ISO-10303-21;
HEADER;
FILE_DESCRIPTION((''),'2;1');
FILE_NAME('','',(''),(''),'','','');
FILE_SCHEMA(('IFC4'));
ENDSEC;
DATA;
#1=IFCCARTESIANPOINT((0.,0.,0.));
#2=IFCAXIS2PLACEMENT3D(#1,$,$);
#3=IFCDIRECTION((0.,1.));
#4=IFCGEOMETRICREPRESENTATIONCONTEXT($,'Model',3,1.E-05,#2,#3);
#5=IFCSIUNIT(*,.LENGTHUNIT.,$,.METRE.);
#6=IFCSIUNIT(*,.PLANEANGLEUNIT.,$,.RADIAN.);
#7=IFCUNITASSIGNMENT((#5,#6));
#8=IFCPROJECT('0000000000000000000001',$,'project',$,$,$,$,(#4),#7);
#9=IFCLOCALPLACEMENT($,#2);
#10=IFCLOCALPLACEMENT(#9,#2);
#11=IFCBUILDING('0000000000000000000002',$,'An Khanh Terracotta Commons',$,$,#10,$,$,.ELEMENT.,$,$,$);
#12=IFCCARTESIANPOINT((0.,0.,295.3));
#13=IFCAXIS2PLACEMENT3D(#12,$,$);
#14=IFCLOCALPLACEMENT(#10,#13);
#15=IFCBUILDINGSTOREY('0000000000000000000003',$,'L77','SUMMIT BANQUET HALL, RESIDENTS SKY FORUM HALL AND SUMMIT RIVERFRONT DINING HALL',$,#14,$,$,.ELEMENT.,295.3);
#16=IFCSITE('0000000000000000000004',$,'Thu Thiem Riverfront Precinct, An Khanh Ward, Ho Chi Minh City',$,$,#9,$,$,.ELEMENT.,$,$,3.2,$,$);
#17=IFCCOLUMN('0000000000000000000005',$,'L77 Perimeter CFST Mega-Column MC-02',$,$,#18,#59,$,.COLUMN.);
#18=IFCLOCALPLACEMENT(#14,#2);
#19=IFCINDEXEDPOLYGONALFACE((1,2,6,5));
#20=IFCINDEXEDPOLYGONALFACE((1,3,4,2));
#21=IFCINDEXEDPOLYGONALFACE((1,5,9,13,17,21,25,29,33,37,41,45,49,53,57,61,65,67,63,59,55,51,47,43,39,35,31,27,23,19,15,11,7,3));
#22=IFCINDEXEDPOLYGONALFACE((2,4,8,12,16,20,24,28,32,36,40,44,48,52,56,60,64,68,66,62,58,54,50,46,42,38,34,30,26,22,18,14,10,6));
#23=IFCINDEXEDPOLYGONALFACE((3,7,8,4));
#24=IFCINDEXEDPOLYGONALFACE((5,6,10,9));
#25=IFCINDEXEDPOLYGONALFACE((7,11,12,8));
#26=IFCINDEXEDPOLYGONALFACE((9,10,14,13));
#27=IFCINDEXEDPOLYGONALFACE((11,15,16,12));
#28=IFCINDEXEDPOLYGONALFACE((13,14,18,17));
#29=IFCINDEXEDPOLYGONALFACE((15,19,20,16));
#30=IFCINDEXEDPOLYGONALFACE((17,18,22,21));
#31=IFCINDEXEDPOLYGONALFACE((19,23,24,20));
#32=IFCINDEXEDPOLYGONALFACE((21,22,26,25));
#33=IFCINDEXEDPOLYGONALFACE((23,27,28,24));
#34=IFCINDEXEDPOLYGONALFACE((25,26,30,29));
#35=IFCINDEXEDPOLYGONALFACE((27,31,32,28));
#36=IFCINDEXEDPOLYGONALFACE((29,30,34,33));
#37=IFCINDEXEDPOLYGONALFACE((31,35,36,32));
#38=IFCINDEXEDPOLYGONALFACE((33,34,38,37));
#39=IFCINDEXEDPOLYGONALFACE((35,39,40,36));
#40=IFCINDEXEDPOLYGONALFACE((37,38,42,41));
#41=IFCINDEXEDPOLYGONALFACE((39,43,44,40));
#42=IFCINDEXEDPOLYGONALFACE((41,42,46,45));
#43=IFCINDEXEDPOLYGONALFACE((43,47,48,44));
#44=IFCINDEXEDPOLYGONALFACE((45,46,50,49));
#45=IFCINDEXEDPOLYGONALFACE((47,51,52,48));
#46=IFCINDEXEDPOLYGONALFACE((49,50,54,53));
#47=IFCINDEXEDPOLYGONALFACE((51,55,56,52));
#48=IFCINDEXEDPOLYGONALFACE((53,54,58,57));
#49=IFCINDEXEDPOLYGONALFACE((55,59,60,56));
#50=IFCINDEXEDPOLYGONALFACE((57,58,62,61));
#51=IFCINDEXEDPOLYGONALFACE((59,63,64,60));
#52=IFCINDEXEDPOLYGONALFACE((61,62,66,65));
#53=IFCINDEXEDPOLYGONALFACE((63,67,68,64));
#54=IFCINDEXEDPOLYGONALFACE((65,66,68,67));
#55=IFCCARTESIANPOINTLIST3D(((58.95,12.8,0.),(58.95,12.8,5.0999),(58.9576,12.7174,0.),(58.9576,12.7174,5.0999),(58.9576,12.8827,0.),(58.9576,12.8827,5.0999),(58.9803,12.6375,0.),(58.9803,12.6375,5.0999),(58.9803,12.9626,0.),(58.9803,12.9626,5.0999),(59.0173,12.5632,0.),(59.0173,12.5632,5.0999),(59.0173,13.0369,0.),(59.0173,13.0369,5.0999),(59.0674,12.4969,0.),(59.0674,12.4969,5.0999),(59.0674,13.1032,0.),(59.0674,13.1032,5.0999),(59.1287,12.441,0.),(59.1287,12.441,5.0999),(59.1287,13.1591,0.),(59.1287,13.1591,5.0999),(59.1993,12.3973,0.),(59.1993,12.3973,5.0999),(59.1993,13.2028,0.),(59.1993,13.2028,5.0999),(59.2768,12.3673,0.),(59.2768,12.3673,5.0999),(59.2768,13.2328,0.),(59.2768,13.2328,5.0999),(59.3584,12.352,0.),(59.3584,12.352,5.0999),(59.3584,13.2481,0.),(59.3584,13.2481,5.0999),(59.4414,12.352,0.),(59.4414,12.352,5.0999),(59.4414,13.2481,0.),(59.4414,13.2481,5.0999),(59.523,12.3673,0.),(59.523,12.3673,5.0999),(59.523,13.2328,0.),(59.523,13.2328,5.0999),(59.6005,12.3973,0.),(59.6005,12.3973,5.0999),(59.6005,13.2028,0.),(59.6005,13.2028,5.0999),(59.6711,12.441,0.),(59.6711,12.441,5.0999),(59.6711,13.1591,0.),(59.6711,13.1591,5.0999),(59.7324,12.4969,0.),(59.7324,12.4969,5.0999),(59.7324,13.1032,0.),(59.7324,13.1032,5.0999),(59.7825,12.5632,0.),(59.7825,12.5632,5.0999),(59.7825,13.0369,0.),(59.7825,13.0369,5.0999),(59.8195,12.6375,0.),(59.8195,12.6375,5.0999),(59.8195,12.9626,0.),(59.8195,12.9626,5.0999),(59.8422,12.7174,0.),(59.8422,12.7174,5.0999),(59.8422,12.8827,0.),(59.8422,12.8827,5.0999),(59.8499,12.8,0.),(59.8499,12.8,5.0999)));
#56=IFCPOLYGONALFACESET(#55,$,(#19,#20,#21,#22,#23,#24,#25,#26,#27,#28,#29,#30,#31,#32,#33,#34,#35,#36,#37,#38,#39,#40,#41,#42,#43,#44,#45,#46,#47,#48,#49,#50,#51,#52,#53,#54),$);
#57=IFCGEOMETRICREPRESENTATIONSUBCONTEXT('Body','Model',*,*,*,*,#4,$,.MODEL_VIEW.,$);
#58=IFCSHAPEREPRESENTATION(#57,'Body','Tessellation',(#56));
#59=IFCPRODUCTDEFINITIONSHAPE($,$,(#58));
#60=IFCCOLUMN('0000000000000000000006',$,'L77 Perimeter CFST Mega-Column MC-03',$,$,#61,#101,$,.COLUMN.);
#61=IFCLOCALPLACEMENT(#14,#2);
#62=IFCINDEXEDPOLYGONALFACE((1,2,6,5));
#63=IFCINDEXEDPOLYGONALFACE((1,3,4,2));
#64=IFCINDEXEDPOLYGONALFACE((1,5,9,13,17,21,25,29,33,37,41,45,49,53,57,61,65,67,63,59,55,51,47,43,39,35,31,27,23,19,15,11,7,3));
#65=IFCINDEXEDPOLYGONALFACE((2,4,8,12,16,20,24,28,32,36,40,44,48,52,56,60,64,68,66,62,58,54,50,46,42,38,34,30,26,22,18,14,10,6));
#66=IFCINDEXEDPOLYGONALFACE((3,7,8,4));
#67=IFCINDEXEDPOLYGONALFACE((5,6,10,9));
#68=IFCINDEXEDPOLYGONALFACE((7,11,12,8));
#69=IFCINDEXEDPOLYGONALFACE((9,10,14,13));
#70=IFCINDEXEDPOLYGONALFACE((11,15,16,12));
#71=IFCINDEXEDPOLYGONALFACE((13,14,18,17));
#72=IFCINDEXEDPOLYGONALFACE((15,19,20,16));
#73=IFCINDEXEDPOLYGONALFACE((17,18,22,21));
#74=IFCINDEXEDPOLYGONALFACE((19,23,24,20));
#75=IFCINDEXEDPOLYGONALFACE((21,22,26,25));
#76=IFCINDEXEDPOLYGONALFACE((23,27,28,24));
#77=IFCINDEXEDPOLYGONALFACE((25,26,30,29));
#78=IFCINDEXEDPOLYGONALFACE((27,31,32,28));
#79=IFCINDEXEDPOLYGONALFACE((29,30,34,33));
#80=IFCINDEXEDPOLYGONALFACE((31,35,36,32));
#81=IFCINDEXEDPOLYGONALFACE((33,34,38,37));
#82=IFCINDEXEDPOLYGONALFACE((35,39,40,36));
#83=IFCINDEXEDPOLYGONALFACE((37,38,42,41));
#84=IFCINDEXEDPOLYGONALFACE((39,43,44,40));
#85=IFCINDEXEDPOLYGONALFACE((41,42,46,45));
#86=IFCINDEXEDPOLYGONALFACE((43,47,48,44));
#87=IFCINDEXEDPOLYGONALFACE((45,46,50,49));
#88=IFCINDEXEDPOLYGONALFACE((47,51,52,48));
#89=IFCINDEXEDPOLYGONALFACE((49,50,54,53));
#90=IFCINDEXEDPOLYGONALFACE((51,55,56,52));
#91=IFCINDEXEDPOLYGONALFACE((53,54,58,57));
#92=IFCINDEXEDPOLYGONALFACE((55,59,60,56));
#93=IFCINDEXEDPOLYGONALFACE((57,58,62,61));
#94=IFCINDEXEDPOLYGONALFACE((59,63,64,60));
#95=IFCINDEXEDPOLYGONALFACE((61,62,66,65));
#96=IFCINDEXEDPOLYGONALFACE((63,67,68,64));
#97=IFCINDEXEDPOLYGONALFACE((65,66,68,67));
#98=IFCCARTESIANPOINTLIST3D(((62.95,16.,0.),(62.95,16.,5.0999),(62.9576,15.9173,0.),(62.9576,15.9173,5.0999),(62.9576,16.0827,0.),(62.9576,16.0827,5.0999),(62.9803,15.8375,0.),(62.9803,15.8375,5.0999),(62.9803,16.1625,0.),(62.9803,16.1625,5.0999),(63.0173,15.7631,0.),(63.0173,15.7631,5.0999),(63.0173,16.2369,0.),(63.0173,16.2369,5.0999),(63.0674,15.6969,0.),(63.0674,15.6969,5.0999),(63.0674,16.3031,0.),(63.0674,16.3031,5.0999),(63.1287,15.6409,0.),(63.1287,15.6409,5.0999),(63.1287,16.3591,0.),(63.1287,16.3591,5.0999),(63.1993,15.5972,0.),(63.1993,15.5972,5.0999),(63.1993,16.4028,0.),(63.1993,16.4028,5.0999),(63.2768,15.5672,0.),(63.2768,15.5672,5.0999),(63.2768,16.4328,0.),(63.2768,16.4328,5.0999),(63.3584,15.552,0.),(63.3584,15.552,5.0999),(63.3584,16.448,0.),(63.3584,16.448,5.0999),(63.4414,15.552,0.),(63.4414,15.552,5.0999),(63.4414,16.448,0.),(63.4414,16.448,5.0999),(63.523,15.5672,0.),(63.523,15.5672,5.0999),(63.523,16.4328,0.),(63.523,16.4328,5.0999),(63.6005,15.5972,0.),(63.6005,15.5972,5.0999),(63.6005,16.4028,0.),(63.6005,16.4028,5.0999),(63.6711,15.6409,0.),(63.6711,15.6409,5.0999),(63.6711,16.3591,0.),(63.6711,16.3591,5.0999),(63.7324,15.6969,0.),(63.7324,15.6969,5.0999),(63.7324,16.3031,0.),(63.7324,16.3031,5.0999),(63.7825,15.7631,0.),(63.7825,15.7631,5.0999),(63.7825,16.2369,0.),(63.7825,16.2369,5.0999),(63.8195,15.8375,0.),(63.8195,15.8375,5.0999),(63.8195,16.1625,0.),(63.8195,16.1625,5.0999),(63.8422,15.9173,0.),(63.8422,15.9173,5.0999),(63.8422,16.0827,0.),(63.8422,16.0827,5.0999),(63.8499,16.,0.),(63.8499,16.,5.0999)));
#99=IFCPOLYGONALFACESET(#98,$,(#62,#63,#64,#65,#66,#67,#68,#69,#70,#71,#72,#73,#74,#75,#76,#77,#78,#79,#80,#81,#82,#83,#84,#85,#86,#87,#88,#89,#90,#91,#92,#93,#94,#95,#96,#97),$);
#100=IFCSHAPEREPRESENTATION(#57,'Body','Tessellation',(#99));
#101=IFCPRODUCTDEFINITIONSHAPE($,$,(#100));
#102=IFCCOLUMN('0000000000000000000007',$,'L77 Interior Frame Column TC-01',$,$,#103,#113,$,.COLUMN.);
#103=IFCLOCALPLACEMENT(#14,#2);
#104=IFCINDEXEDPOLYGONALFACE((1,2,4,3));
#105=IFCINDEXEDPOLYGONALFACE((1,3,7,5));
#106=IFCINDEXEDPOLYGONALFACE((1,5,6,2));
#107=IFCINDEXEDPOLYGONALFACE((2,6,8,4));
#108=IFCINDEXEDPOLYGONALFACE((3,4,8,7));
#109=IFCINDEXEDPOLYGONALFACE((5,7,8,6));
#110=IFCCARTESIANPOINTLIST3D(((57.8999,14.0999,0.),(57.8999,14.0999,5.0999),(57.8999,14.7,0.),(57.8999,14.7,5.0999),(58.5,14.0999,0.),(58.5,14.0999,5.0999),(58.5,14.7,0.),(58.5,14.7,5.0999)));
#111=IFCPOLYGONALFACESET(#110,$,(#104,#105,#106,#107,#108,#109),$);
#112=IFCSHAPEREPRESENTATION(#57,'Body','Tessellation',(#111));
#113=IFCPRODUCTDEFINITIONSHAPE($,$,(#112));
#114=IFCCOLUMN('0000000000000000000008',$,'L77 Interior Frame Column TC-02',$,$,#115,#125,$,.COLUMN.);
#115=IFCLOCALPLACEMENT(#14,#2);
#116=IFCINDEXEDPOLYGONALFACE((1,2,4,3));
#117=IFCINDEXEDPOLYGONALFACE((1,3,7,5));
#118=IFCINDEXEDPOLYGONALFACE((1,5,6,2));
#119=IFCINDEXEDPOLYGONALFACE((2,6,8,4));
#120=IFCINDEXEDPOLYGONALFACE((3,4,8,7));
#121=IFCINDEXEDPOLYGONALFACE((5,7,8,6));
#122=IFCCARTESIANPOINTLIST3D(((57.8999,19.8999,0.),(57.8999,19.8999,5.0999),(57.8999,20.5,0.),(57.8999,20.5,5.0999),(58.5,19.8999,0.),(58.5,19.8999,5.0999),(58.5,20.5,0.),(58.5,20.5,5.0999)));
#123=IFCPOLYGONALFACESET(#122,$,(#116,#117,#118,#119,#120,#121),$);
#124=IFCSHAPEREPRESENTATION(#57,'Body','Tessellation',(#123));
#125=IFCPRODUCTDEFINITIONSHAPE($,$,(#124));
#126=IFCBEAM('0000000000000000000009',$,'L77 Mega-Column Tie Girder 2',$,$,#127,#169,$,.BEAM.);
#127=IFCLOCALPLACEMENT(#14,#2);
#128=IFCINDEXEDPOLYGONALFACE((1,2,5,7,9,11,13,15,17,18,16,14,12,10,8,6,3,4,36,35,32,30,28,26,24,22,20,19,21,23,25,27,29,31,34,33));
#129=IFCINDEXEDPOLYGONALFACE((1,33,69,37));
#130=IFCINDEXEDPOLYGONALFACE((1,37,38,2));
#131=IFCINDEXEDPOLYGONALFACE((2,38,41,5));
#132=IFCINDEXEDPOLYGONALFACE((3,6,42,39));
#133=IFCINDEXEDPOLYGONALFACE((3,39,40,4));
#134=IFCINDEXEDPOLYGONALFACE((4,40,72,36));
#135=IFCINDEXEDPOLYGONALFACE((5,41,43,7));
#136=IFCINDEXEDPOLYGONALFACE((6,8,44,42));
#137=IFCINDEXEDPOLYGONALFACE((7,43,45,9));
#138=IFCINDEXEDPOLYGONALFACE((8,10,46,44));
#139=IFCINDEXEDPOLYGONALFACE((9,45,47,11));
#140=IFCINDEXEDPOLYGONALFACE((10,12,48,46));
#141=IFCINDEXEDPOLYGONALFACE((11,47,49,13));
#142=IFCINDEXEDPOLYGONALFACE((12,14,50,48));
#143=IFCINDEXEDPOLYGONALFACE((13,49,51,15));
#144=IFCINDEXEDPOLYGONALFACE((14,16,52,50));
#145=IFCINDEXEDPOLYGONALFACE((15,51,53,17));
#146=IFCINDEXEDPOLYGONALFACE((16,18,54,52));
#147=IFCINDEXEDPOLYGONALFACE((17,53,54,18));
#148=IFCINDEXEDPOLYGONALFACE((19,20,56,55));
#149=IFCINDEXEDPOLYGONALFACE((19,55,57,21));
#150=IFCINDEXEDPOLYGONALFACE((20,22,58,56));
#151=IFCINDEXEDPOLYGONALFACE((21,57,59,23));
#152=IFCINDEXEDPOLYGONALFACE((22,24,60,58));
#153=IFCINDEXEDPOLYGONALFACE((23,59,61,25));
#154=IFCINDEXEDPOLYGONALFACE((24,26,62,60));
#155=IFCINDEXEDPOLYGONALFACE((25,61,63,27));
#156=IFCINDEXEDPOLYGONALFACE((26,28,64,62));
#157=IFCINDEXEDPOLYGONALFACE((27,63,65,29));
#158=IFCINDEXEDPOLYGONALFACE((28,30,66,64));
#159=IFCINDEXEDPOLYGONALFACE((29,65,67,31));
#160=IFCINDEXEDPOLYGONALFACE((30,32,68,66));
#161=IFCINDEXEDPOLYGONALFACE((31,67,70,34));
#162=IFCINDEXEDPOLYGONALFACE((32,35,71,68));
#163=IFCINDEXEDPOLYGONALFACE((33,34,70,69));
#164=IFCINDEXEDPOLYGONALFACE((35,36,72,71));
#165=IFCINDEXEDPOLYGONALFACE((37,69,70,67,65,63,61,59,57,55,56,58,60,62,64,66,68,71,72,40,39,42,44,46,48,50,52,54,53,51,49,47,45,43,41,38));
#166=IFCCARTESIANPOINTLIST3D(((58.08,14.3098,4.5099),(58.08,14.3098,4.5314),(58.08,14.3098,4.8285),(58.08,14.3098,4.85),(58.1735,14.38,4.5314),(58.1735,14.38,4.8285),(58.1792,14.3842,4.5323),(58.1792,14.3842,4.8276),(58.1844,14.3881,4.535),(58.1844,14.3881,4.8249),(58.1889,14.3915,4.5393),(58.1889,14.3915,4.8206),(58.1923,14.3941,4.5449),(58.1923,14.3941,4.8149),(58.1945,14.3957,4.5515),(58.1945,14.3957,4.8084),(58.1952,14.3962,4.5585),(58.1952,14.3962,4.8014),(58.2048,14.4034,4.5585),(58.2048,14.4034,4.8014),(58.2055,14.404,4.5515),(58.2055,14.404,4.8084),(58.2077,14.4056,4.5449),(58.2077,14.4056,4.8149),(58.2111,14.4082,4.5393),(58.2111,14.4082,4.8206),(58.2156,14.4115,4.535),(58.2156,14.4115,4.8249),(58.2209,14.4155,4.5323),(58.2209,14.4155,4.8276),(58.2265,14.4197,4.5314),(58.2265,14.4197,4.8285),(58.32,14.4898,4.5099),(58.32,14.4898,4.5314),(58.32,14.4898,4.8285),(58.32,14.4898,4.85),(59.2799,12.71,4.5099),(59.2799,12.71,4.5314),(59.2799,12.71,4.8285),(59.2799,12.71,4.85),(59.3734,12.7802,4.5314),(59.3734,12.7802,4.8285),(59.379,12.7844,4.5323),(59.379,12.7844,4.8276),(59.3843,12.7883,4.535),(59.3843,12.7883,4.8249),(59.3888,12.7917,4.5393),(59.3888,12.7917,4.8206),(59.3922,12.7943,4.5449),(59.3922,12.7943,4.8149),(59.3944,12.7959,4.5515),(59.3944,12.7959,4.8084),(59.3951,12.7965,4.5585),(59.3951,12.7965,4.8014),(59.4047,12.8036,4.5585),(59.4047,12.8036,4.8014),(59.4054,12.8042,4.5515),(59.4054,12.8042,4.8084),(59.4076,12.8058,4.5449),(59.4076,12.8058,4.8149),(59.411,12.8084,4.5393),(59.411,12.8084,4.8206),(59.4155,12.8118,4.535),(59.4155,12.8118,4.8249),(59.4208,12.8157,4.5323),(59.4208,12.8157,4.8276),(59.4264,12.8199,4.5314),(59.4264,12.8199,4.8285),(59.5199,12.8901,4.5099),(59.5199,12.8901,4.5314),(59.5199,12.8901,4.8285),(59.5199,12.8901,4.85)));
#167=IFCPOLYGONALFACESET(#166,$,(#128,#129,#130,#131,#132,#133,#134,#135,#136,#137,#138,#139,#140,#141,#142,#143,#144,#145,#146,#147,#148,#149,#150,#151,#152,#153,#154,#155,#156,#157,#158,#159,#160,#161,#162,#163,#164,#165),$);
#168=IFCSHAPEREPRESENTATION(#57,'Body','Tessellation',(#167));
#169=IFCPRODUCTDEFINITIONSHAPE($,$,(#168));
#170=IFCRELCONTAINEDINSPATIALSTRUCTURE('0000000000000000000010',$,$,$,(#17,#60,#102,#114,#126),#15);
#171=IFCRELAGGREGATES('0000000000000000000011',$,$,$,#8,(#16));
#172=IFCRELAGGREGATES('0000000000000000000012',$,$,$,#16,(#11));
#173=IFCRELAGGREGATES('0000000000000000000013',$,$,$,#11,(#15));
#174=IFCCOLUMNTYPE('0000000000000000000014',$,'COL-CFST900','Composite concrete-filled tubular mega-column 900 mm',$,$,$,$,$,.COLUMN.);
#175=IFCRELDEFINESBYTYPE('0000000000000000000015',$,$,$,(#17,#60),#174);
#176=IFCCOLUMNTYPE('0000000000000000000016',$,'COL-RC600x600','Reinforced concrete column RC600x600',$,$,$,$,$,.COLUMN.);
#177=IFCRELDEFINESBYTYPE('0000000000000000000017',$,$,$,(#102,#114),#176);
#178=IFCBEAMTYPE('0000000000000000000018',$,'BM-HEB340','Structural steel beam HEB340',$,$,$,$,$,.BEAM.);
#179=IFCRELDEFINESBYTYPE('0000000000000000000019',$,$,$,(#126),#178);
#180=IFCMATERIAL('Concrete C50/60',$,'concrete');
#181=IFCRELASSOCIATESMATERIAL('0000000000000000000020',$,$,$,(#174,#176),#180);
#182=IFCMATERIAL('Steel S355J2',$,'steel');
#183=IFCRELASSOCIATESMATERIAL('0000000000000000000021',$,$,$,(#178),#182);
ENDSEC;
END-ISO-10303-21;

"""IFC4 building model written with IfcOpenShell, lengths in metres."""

from ifc_helpers import new_model, si_unit, direction, frame, origin, origin_2d, place, context, subcontext, project, spatial, rectangle, circle, i_section, extrude, material, material_profile, profile_set, type_object, element, save


model = new_model("IFC4")

# Units and contexts
model_context = context("Model", 3, precision=1e-05, world=origin(), true_north=direction((0.0, 1.0)))
body_context = subcontext(model_context, "Body", "Model", "MODEL_VIEW")
ifc_project = project(units=[si_unit("LENGTHUNIT", "METRE"), si_unit("PLANEANGLEUNIT", "RADIAN")], contexts=[model_context])

# Site, building, storey
site_placement = place(None, origin())
site = spatial("IfcSite", under=ifc_project, at=site_placement, Name="Thu Thiem Riverfront Precinct, An Khanh Ward, Ho Chi Minh City", CompositionType="ELEMENT", RefElevation=3.2)
building_placement = place(site_placement, origin())
building = spatial("IfcBuilding", under=site, at=building_placement, Name="An Khanh Terracotta Commons", CompositionType="ELEMENT")
storey_placement = place(building_placement, frame((0.0, 0.0, 295.3)))
storey = spatial("IfcBuildingStorey", under=building, at=storey_placement, Name="L77", Description="SUMMIT BANQUET HALL, RESIDENTS SKY FORUM HALL AND SUMMIT RIVERFRONT DINING HALL", CompositionType="ELEMENT", Elevation=295.3)

# Columns
ifc_material_1 = material(Name="Concrete C50/60", Category="concrete")
ifc_material_profile_1 = material_profile(ifc_material_1, circle(Radius=0.45, at=origin_2d()), Name="CFST900")
ifc_profile_set_1 = profile_set([ifc_material_profile_1], Name="Concrete C50/60")
column_type_1 = type_object("IfcColumnType", Name="COL-CFST900", Description="Composite concrete-filled tubular mega-column 900 mm", PredefinedType="COLUMN", material=ifc_profile_set_1)
for number, where, z_axis, x_axis, name in (
    (1, (59.3999, 12.8, 0.0), (0.0, 0.0, 1.0), (1.0, 0.0, 0.0), "L77 Perimeter CFST Mega-Column MC-02"),
    (2, (63.3999, 16.0, 0.0), (0.0, 0.0, 1.0), (1.0, 0.0, 0.0), "L77 Perimeter CFST Mega-Column MC-03"),
):
    element("IfcColumn", number, at=place(storey_placement, frame(where, z_axis=z_axis, x_axis=x_axis)), inside=storey, type_object=column_type_1, Name=name, PredefinedType="COLUMN", context=body_context, shape_type="SweptSolid", body=[
        extrude(circle(Radius=0.45, at=origin_2d()), origin(), (0.0, 0.0, 1.0), 5.0999),
    ])
ifc_material_profile_2 = material_profile(ifc_material_1, rectangle(XDim=0.6001, YDim=0.6001, at=origin_2d()), Name="RC600x600")
ifc_profile_set_2 = profile_set([ifc_material_profile_2], Name="Concrete C50/60")
column_type_2 = type_object("IfcColumnType", Name="COL-RC600x600", Description="Reinforced concrete column RC600x600", PredefinedType="COLUMN", material=ifc_profile_set_2)
for number, where, z_axis, x_axis, name in (
    (3, (58.2, 14.3999, 0.0), (0.0, 0.0, 1.0), (1.0, 0.0, 0.0), "L77 Interior Frame Column TC-01"),
    (4, (58.2, 20.2, 0.0), (0.0, 0.0, 1.0), (1.0, 0.0, 0.0), "L77 Interior Frame Column TC-02"),
):
    element("IfcColumn", number, at=place(storey_placement, frame(where, z_axis=z_axis, x_axis=x_axis)), inside=storey, type_object=column_type_2, Name=name, PredefinedType="COLUMN", context=body_context, shape_type="SweptSolid", body=[
        extrude(rectangle(XDim=0.6001, YDim=0.6001, at=origin_2d()), origin(), (0.0, 0.0, 1.0), 5.0999),
    ])

# Beam
ifc_material_2 = material(Name="Steel S355J2", Category="steel")
ifc_material_profile_3 = material_profile(ifc_material_2, i_section(OverallWidth=0.3, OverallDepth=0.3401, WebThickness=0.012, FlangeThickness=0.0215, FilletRadius=0.0271, at=origin_2d()), Name="HEB340")
ifc_profile_set_3 = profile_set([ifc_material_profile_3], Name="Steel S355J2")
beam_type_1 = type_object("IfcBeamType", Name="BM-HEB340", Description="Structural steel beam HEB340", PredefinedType="BEAM", material=ifc_profile_set_3)
beam_1_placement = place(storey_placement, frame((59.3999, 12.8, 4.6799), z_axis=(-0.60002, 0.799985, 0.0), x_axis=(-0.799985, -0.60002, 0.0)))
element("IfcBeam", 5, at=beam_1_placement, inside=storey, type_object=beam_type_1, Name="L77 Mega-Column Tie Girder 2", PredefinedType="BEAM", context=body_context, shape_type="SweptSolid", body=[
    extrude(i_section(OverallWidth=0.3, OverallDepth=0.3401, WebThickness=0.012, FlangeThickness=0.0215, FilletRadius=0.0271, at=origin_2d()), origin(), (0.0, 0.0, 1.0), 1.9998),
])

save(model, "model.ifc")
